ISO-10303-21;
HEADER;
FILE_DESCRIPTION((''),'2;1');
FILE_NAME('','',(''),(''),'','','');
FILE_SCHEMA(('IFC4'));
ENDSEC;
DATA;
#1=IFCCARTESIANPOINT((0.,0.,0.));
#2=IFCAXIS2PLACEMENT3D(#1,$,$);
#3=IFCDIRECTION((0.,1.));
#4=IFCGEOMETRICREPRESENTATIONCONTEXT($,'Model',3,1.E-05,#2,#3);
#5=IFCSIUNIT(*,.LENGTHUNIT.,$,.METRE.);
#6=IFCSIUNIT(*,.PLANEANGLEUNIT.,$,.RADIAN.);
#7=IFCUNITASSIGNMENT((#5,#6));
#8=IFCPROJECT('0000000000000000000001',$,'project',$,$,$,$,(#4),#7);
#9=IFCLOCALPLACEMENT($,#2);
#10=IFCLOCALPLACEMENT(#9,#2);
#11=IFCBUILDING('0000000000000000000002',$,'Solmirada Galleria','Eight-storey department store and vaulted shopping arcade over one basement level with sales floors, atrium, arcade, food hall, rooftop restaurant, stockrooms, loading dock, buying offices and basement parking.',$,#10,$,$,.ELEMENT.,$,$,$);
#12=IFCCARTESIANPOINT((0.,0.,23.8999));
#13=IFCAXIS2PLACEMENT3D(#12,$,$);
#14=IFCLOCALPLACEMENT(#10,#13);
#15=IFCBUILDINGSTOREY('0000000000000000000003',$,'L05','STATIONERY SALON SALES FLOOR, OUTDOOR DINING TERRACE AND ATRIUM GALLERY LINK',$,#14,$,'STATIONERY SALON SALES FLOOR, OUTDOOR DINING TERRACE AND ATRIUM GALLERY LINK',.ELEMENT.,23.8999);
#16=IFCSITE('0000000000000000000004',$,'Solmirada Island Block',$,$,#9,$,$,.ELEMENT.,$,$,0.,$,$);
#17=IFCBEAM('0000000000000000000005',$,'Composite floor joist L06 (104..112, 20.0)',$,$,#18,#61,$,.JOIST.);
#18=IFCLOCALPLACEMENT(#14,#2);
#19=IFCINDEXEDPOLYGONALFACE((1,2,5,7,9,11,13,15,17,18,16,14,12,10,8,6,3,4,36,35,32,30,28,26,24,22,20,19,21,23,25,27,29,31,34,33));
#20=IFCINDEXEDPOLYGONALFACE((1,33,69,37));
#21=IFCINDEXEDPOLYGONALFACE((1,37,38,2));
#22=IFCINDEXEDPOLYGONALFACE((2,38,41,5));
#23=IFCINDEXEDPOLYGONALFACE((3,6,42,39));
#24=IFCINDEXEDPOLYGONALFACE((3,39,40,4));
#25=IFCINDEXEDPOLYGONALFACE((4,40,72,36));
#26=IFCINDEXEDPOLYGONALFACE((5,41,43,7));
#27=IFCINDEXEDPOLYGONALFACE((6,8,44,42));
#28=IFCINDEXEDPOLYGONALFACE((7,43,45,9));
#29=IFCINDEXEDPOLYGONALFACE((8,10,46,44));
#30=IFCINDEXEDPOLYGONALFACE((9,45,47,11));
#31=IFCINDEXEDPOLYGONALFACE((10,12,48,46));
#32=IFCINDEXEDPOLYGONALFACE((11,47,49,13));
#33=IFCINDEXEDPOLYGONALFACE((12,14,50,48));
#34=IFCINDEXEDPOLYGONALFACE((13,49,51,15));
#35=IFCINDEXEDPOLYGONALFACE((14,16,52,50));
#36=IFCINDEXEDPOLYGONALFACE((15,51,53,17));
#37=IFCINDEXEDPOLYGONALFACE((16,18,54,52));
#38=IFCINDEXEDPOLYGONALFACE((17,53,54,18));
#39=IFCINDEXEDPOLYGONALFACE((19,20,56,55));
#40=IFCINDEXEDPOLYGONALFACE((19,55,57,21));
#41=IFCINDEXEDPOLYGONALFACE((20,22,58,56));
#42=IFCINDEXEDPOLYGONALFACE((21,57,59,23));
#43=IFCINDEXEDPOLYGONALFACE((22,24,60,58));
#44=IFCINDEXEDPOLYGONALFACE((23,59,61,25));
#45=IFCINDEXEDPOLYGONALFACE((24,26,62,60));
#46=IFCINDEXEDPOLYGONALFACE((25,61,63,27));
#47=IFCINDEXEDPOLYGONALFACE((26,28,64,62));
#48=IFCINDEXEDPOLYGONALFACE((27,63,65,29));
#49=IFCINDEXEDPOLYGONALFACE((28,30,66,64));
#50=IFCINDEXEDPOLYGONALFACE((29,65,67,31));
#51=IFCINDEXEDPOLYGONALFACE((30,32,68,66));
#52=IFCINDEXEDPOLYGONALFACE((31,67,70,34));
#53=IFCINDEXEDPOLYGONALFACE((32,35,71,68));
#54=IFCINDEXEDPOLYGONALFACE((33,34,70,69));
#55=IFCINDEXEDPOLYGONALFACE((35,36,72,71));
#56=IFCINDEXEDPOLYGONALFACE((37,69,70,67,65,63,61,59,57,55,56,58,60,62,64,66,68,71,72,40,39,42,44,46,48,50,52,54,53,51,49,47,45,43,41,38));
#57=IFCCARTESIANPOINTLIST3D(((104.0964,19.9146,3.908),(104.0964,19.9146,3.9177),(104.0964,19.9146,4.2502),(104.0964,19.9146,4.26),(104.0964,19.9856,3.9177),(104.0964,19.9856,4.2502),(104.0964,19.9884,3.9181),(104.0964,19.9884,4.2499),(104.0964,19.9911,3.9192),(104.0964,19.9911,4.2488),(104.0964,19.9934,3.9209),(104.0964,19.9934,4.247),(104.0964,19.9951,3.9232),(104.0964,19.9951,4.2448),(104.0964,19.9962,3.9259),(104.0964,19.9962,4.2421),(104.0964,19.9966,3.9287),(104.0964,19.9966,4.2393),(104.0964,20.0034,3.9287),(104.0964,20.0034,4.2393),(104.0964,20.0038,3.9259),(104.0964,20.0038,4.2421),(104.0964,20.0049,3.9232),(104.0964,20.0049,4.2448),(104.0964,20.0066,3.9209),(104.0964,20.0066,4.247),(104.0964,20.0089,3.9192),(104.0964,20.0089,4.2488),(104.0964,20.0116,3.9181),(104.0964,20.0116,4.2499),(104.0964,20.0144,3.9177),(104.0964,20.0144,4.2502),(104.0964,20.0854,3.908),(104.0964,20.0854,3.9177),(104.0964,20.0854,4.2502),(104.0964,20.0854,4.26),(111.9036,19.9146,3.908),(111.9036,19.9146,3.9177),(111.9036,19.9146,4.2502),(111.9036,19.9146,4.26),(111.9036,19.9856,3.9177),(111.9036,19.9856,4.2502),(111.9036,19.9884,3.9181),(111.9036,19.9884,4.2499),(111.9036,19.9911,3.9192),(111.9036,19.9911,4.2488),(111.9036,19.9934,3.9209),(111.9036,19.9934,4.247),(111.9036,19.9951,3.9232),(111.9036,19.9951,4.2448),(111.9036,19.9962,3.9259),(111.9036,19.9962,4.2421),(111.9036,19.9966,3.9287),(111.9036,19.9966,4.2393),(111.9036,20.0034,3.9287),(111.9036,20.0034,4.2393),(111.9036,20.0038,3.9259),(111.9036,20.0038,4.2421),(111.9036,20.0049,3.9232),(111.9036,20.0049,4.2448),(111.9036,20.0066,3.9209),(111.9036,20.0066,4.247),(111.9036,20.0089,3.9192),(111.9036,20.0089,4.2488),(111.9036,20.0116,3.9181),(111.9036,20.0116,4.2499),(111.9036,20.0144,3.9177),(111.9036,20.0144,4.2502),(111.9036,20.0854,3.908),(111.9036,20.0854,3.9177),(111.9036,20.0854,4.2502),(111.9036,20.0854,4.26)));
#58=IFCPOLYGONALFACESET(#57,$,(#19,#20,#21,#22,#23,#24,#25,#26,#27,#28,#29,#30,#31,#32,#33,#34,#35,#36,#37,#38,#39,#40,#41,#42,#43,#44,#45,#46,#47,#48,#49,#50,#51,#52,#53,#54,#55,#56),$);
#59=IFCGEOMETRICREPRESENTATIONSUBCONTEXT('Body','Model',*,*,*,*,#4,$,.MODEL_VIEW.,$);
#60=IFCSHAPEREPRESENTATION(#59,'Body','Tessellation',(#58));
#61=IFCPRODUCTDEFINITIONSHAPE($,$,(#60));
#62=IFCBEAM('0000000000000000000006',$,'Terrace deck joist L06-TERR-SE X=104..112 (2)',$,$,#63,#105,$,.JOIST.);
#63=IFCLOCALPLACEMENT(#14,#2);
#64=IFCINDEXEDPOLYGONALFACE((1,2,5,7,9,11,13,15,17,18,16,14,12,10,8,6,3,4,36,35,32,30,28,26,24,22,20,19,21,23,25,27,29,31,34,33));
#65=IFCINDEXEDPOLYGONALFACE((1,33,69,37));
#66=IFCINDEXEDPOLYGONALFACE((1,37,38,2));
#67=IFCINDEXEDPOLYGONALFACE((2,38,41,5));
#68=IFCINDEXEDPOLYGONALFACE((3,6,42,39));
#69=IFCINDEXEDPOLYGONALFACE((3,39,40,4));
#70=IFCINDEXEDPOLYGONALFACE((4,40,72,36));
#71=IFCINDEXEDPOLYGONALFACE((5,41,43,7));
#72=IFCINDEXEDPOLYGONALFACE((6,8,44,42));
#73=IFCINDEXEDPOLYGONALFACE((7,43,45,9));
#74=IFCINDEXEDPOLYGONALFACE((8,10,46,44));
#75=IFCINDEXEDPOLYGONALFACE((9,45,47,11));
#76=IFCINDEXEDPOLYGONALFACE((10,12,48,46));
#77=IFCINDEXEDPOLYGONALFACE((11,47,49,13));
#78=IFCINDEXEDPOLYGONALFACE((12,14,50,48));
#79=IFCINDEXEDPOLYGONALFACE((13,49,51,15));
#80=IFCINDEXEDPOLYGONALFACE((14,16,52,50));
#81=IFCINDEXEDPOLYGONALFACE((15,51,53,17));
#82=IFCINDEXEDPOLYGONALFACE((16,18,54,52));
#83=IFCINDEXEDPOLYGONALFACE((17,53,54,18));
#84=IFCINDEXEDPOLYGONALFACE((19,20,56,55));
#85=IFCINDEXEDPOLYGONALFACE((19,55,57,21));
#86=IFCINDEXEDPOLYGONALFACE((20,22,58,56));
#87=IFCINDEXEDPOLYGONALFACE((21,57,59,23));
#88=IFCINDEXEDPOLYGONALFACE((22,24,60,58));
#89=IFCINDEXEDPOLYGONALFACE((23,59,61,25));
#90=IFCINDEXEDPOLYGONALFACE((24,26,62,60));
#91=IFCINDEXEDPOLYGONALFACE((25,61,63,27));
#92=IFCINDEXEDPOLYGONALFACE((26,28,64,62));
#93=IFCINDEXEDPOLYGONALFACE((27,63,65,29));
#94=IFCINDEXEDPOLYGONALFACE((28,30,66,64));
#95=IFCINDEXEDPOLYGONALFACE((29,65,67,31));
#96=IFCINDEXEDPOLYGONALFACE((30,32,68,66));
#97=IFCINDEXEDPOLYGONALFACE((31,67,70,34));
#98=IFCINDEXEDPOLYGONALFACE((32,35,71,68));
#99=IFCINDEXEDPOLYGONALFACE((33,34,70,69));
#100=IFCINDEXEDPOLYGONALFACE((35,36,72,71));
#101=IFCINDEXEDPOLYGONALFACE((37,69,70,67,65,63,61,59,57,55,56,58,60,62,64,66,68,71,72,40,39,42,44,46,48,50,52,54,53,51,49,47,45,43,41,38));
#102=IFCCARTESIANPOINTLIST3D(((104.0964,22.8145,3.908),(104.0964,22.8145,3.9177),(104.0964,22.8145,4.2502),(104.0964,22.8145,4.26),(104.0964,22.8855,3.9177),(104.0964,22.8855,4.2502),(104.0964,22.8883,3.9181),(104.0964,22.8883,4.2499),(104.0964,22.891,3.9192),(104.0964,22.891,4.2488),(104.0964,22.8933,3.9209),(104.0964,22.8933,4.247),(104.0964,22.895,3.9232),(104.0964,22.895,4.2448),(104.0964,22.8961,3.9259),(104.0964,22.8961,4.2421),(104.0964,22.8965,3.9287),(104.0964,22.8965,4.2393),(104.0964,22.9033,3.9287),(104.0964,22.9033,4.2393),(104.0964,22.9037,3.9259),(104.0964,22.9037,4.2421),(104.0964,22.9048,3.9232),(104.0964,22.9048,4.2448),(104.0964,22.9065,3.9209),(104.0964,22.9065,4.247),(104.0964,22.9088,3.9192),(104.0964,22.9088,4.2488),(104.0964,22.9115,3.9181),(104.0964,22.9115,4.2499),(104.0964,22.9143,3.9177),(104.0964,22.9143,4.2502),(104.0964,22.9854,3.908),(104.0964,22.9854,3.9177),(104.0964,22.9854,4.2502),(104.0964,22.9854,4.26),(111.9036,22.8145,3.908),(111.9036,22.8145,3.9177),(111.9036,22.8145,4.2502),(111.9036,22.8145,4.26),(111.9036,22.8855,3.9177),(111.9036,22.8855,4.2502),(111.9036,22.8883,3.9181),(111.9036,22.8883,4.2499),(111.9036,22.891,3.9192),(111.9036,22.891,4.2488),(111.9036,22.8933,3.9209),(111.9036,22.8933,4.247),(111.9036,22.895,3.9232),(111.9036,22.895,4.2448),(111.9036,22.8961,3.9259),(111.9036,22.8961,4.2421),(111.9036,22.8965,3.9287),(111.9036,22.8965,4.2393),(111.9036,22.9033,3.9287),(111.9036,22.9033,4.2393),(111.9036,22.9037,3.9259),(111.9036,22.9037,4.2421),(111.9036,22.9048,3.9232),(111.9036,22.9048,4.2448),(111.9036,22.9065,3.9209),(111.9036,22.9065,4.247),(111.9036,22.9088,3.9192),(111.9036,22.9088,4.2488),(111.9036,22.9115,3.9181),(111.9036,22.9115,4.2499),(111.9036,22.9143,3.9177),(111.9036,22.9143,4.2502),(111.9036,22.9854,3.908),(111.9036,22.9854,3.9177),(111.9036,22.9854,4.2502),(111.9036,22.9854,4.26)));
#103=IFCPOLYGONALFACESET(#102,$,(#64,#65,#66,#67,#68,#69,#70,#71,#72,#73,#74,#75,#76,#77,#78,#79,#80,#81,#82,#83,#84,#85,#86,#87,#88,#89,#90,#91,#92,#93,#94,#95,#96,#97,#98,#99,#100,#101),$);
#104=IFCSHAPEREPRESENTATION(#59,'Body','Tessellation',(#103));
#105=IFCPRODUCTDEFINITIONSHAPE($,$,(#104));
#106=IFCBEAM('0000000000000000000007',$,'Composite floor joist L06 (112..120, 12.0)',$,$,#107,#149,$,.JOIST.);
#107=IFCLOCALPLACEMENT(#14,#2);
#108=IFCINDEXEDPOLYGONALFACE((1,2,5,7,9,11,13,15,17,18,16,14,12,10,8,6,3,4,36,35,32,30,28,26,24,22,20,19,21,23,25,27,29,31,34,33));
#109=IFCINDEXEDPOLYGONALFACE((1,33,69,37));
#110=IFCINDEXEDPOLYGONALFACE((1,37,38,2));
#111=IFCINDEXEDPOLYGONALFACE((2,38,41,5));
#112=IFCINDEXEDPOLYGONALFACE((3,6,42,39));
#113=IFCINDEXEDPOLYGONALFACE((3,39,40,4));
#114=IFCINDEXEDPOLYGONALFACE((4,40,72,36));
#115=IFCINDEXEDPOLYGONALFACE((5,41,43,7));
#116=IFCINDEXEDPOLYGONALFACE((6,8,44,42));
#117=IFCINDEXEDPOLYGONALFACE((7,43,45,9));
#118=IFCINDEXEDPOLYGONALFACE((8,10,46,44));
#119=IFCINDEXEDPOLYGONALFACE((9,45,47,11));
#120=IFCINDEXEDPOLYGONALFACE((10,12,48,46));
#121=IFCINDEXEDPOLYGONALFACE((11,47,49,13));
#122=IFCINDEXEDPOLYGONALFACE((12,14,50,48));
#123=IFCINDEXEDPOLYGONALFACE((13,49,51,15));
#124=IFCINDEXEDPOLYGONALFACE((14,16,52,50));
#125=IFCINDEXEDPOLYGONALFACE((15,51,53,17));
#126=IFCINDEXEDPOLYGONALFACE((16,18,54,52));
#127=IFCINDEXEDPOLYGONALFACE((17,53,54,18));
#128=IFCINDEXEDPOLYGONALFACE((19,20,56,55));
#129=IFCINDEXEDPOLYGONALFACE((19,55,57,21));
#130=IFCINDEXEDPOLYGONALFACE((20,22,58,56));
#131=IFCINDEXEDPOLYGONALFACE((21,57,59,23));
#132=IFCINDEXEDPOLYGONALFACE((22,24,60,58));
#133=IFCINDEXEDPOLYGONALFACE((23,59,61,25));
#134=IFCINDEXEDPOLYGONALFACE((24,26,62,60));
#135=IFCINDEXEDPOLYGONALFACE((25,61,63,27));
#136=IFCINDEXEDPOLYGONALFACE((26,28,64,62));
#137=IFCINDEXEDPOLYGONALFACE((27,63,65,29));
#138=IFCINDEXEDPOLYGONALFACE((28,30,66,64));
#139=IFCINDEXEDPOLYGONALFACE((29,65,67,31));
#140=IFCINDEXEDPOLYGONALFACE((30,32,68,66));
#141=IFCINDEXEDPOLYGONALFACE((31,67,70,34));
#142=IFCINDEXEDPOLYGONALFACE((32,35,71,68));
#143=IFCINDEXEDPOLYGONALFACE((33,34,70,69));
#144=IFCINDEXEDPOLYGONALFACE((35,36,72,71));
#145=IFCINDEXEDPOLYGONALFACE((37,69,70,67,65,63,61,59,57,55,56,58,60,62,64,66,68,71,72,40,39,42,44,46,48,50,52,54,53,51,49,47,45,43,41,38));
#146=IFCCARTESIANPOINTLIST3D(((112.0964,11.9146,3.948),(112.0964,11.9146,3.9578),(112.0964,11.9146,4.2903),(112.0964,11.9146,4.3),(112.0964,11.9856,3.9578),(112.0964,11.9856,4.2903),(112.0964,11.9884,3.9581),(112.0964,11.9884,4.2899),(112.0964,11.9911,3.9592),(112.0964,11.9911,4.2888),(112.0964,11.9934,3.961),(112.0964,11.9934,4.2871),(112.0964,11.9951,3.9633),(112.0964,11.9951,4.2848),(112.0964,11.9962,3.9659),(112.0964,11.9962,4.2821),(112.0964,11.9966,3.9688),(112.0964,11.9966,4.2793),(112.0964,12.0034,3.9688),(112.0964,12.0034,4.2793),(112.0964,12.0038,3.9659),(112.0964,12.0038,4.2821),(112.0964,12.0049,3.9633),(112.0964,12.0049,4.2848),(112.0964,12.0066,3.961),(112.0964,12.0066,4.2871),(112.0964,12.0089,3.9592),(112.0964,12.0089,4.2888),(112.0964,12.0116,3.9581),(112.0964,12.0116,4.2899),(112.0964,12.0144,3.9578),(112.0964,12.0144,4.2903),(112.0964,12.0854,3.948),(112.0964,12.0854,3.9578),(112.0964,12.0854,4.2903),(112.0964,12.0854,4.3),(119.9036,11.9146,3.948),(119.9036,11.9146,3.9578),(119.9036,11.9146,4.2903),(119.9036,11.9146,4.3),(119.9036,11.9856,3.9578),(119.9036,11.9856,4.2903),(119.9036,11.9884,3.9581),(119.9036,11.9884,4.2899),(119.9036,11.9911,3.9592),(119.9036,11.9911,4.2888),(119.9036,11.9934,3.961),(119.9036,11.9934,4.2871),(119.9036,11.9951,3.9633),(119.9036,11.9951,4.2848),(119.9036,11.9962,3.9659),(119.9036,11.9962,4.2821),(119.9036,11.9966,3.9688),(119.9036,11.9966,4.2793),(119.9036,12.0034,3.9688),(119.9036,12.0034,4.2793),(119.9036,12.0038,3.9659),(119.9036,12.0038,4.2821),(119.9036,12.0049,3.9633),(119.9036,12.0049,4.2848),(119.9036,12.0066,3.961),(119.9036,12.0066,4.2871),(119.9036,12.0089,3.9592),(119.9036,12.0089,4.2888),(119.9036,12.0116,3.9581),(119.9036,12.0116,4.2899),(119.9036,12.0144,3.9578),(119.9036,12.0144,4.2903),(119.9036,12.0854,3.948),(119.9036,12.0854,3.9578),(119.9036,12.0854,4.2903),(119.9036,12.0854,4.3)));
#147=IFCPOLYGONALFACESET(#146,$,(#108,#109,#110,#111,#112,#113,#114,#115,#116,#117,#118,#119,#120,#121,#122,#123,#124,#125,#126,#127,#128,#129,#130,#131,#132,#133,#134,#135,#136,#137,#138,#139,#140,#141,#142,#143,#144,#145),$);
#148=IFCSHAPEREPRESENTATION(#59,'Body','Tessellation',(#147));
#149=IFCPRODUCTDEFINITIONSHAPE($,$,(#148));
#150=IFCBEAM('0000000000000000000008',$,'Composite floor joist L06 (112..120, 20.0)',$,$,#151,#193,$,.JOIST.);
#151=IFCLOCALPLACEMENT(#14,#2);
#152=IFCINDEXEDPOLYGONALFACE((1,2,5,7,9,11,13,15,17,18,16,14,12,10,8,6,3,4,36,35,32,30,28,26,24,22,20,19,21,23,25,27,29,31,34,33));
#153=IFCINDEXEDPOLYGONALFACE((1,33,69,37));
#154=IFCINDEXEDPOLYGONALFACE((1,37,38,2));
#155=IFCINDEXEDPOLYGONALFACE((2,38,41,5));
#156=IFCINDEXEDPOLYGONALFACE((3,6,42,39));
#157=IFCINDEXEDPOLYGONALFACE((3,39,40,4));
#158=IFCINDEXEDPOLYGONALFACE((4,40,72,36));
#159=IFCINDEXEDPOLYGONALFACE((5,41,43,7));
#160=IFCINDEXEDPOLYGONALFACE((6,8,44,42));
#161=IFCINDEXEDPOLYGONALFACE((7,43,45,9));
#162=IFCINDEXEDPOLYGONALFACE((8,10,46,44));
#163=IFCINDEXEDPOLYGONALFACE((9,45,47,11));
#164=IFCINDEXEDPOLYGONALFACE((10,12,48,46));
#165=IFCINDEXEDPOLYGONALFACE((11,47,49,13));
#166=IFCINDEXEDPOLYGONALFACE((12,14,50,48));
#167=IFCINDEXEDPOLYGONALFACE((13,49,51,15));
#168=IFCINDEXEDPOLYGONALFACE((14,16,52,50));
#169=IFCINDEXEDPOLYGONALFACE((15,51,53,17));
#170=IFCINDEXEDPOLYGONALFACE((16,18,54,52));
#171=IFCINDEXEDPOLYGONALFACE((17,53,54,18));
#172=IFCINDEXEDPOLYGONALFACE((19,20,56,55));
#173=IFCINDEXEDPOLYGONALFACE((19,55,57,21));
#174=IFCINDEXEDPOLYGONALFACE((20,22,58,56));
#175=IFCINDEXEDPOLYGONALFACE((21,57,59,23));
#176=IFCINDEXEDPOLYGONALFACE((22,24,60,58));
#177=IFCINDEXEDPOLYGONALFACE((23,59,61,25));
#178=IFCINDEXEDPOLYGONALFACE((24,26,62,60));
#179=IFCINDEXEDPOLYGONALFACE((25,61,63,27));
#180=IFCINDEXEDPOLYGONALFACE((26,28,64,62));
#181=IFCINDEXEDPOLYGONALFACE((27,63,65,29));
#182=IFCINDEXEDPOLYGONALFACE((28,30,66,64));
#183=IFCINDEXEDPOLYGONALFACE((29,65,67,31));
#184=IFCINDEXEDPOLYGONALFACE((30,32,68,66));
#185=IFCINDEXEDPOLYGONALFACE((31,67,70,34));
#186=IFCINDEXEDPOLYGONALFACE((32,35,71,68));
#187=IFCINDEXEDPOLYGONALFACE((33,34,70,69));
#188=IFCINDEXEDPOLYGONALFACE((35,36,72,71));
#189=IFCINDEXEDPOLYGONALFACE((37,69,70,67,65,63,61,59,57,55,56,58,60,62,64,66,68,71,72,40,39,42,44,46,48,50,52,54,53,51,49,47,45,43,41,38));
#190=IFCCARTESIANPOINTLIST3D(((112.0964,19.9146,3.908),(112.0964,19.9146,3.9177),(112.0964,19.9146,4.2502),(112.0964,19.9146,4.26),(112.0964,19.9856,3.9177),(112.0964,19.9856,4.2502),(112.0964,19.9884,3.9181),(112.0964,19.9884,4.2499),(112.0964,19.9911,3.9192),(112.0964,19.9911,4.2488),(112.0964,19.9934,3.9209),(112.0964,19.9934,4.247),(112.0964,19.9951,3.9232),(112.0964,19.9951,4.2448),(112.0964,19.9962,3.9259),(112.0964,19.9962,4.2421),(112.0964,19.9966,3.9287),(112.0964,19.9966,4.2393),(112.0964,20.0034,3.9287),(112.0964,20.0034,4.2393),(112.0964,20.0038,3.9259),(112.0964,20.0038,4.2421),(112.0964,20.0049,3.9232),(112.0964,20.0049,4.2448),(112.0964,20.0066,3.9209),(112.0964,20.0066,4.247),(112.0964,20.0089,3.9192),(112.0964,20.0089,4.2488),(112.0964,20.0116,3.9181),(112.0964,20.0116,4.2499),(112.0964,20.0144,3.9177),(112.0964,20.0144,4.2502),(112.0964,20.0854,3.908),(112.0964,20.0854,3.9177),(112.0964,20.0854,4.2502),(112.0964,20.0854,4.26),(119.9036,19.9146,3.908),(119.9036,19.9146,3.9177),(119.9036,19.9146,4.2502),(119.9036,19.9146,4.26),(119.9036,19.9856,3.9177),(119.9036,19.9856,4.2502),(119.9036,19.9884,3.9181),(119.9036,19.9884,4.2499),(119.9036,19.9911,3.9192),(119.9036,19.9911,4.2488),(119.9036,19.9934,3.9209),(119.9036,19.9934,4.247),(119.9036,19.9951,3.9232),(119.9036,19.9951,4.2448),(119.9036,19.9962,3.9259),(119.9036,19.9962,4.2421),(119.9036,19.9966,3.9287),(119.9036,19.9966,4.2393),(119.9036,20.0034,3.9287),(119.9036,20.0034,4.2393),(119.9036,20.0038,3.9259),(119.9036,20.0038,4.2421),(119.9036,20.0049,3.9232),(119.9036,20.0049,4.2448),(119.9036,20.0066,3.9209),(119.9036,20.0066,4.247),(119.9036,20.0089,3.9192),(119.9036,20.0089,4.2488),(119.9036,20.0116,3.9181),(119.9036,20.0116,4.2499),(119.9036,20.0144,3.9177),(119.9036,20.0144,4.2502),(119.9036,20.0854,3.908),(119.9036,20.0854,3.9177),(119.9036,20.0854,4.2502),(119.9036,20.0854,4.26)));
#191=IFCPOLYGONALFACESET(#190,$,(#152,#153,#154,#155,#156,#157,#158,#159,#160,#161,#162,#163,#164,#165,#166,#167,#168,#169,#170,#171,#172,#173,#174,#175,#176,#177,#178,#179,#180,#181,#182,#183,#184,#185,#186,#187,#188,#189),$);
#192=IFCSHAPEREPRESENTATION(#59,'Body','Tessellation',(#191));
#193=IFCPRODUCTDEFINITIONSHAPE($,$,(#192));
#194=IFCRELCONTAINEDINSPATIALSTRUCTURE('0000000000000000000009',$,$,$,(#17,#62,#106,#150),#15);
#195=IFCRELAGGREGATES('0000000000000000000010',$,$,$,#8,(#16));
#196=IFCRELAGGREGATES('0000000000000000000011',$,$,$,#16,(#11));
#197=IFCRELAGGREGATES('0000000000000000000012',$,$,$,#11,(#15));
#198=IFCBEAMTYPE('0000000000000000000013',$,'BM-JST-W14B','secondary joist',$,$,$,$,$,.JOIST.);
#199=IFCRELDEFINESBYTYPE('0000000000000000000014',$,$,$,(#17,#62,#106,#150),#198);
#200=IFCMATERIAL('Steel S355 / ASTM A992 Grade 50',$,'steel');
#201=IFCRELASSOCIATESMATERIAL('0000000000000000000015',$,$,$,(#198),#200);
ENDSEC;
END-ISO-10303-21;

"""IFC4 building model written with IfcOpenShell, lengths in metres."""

from ifc_helpers import new_model, si_unit, direction, frame, origin, origin_2d, place, context, subcontext, project, spatial, i_section, extrude, material, material_profile, profile_set, type_object, element, save


model = new_model("IFC4")

# Units and contexts
model_context = context("Model", 3, precision=1e-05, world=origin(), true_north=direction((0.0, 1.0)))
body_context = subcontext(model_context, "Body", "Model", "MODEL_VIEW")
ifc_project = project(units=[si_unit("LENGTHUNIT", "METRE"), si_unit("PLANEANGLEUNIT", "RADIAN")], contexts=[model_context])

# Site, building, storey
site_placement = place(None, origin())
site = spatial("IfcSite", under=ifc_project, at=site_placement, Name="Solmirada Island Block", CompositionType="ELEMENT", RefElevation=0.0)
building_placement = place(site_placement, origin())
building = spatial("IfcBuilding", under=site, at=building_placement, Name="Solmirada Galleria", Description="Eight-storey department store and vaulted shopping arcade over one basement level with sales floors, atrium, arcade, food hall, rooftop restaurant, stockrooms, loading dock, buying offices and basement parking.", CompositionType="ELEMENT")
storey_placement = place(building_placement, frame((0.0, 0.0, 23.8999)))
storey = spatial("IfcBuildingStorey", under=building, at=storey_placement, Name="L05", Description="STATIONERY SALON SALES FLOOR, OUTDOOR DINING TERRACE AND ATRIUM GALLERY LINK", LongName="STATIONERY SALON SALES FLOOR, OUTDOOR DINING TERRACE AND ATRIUM GALLERY LINK", CompositionType="ELEMENT", Elevation=23.8999)

# Beams
ifc_material_1 = material(Name="Steel S355 / ASTM A992 Grade 50", Category="steel")
ifc_material_profile_1 = material_profile(ifc_material_1, i_section(OverallWidth=0.1709, OverallDepth=0.3521, WebThickness=0.0068, FlangeThickness=0.0098, FilletRadius=0.011, at=origin_2d()), Name="W14X30")
ifc_profile_set_1 = profile_set([ifc_material_profile_1], Name="Steel S355 / ASTM A992 Grade 50")
beam_type_1 = type_object("IfcBeamType", Name="BM-JST-W14B", Description="secondary joist", PredefinedType="JOIST", material=ifc_profile_set_1)
for number, where, z_axis, x_axis, name in (
    (1, (104.0964, 20.0, 4.084), (1.0, 0.0, 0.0), (0.0, 1.0, 0.0), "Composite floor joist L06 (104..112, 20.0)"),
    (2, (104.0964, 22.8999, 4.084), (1.0, 0.0, 0.0), (0.0, 1.0, 0.0), "Terrace deck joist L06-TERR-SE X=104..112 (2)"),
    (3, (112.0964, 12.0, 4.124), (1.0, 0.0, 0.0), (0.0, 1.0, 0.0), "Composite floor joist L06 (112..120, 12.0)"),
    (4, (112.0964, 20.0, 4.084), (1.0, 0.0, 0.0), (0.0, 1.0, 0.0), "Composite floor joist L06 (112..120, 20.0)"),
):
    element("IfcBeam", number, at=place(storey_placement, frame(where, z_axis=z_axis, x_axis=x_axis)), inside=storey, type_object=beam_type_1, Name=name, PredefinedType="JOIST", context=body_context, shape_type="SweptSolid", body=[
        extrude(i_section(OverallWidth=0.1709, OverallDepth=0.3521, WebThickness=0.0068, FlangeThickness=0.0098, FilletRadius=0.011, at=origin_2d()), origin(), (0.0, 0.0, 1.0), 7.8071),
    ])

save(model, "model.ifc")
